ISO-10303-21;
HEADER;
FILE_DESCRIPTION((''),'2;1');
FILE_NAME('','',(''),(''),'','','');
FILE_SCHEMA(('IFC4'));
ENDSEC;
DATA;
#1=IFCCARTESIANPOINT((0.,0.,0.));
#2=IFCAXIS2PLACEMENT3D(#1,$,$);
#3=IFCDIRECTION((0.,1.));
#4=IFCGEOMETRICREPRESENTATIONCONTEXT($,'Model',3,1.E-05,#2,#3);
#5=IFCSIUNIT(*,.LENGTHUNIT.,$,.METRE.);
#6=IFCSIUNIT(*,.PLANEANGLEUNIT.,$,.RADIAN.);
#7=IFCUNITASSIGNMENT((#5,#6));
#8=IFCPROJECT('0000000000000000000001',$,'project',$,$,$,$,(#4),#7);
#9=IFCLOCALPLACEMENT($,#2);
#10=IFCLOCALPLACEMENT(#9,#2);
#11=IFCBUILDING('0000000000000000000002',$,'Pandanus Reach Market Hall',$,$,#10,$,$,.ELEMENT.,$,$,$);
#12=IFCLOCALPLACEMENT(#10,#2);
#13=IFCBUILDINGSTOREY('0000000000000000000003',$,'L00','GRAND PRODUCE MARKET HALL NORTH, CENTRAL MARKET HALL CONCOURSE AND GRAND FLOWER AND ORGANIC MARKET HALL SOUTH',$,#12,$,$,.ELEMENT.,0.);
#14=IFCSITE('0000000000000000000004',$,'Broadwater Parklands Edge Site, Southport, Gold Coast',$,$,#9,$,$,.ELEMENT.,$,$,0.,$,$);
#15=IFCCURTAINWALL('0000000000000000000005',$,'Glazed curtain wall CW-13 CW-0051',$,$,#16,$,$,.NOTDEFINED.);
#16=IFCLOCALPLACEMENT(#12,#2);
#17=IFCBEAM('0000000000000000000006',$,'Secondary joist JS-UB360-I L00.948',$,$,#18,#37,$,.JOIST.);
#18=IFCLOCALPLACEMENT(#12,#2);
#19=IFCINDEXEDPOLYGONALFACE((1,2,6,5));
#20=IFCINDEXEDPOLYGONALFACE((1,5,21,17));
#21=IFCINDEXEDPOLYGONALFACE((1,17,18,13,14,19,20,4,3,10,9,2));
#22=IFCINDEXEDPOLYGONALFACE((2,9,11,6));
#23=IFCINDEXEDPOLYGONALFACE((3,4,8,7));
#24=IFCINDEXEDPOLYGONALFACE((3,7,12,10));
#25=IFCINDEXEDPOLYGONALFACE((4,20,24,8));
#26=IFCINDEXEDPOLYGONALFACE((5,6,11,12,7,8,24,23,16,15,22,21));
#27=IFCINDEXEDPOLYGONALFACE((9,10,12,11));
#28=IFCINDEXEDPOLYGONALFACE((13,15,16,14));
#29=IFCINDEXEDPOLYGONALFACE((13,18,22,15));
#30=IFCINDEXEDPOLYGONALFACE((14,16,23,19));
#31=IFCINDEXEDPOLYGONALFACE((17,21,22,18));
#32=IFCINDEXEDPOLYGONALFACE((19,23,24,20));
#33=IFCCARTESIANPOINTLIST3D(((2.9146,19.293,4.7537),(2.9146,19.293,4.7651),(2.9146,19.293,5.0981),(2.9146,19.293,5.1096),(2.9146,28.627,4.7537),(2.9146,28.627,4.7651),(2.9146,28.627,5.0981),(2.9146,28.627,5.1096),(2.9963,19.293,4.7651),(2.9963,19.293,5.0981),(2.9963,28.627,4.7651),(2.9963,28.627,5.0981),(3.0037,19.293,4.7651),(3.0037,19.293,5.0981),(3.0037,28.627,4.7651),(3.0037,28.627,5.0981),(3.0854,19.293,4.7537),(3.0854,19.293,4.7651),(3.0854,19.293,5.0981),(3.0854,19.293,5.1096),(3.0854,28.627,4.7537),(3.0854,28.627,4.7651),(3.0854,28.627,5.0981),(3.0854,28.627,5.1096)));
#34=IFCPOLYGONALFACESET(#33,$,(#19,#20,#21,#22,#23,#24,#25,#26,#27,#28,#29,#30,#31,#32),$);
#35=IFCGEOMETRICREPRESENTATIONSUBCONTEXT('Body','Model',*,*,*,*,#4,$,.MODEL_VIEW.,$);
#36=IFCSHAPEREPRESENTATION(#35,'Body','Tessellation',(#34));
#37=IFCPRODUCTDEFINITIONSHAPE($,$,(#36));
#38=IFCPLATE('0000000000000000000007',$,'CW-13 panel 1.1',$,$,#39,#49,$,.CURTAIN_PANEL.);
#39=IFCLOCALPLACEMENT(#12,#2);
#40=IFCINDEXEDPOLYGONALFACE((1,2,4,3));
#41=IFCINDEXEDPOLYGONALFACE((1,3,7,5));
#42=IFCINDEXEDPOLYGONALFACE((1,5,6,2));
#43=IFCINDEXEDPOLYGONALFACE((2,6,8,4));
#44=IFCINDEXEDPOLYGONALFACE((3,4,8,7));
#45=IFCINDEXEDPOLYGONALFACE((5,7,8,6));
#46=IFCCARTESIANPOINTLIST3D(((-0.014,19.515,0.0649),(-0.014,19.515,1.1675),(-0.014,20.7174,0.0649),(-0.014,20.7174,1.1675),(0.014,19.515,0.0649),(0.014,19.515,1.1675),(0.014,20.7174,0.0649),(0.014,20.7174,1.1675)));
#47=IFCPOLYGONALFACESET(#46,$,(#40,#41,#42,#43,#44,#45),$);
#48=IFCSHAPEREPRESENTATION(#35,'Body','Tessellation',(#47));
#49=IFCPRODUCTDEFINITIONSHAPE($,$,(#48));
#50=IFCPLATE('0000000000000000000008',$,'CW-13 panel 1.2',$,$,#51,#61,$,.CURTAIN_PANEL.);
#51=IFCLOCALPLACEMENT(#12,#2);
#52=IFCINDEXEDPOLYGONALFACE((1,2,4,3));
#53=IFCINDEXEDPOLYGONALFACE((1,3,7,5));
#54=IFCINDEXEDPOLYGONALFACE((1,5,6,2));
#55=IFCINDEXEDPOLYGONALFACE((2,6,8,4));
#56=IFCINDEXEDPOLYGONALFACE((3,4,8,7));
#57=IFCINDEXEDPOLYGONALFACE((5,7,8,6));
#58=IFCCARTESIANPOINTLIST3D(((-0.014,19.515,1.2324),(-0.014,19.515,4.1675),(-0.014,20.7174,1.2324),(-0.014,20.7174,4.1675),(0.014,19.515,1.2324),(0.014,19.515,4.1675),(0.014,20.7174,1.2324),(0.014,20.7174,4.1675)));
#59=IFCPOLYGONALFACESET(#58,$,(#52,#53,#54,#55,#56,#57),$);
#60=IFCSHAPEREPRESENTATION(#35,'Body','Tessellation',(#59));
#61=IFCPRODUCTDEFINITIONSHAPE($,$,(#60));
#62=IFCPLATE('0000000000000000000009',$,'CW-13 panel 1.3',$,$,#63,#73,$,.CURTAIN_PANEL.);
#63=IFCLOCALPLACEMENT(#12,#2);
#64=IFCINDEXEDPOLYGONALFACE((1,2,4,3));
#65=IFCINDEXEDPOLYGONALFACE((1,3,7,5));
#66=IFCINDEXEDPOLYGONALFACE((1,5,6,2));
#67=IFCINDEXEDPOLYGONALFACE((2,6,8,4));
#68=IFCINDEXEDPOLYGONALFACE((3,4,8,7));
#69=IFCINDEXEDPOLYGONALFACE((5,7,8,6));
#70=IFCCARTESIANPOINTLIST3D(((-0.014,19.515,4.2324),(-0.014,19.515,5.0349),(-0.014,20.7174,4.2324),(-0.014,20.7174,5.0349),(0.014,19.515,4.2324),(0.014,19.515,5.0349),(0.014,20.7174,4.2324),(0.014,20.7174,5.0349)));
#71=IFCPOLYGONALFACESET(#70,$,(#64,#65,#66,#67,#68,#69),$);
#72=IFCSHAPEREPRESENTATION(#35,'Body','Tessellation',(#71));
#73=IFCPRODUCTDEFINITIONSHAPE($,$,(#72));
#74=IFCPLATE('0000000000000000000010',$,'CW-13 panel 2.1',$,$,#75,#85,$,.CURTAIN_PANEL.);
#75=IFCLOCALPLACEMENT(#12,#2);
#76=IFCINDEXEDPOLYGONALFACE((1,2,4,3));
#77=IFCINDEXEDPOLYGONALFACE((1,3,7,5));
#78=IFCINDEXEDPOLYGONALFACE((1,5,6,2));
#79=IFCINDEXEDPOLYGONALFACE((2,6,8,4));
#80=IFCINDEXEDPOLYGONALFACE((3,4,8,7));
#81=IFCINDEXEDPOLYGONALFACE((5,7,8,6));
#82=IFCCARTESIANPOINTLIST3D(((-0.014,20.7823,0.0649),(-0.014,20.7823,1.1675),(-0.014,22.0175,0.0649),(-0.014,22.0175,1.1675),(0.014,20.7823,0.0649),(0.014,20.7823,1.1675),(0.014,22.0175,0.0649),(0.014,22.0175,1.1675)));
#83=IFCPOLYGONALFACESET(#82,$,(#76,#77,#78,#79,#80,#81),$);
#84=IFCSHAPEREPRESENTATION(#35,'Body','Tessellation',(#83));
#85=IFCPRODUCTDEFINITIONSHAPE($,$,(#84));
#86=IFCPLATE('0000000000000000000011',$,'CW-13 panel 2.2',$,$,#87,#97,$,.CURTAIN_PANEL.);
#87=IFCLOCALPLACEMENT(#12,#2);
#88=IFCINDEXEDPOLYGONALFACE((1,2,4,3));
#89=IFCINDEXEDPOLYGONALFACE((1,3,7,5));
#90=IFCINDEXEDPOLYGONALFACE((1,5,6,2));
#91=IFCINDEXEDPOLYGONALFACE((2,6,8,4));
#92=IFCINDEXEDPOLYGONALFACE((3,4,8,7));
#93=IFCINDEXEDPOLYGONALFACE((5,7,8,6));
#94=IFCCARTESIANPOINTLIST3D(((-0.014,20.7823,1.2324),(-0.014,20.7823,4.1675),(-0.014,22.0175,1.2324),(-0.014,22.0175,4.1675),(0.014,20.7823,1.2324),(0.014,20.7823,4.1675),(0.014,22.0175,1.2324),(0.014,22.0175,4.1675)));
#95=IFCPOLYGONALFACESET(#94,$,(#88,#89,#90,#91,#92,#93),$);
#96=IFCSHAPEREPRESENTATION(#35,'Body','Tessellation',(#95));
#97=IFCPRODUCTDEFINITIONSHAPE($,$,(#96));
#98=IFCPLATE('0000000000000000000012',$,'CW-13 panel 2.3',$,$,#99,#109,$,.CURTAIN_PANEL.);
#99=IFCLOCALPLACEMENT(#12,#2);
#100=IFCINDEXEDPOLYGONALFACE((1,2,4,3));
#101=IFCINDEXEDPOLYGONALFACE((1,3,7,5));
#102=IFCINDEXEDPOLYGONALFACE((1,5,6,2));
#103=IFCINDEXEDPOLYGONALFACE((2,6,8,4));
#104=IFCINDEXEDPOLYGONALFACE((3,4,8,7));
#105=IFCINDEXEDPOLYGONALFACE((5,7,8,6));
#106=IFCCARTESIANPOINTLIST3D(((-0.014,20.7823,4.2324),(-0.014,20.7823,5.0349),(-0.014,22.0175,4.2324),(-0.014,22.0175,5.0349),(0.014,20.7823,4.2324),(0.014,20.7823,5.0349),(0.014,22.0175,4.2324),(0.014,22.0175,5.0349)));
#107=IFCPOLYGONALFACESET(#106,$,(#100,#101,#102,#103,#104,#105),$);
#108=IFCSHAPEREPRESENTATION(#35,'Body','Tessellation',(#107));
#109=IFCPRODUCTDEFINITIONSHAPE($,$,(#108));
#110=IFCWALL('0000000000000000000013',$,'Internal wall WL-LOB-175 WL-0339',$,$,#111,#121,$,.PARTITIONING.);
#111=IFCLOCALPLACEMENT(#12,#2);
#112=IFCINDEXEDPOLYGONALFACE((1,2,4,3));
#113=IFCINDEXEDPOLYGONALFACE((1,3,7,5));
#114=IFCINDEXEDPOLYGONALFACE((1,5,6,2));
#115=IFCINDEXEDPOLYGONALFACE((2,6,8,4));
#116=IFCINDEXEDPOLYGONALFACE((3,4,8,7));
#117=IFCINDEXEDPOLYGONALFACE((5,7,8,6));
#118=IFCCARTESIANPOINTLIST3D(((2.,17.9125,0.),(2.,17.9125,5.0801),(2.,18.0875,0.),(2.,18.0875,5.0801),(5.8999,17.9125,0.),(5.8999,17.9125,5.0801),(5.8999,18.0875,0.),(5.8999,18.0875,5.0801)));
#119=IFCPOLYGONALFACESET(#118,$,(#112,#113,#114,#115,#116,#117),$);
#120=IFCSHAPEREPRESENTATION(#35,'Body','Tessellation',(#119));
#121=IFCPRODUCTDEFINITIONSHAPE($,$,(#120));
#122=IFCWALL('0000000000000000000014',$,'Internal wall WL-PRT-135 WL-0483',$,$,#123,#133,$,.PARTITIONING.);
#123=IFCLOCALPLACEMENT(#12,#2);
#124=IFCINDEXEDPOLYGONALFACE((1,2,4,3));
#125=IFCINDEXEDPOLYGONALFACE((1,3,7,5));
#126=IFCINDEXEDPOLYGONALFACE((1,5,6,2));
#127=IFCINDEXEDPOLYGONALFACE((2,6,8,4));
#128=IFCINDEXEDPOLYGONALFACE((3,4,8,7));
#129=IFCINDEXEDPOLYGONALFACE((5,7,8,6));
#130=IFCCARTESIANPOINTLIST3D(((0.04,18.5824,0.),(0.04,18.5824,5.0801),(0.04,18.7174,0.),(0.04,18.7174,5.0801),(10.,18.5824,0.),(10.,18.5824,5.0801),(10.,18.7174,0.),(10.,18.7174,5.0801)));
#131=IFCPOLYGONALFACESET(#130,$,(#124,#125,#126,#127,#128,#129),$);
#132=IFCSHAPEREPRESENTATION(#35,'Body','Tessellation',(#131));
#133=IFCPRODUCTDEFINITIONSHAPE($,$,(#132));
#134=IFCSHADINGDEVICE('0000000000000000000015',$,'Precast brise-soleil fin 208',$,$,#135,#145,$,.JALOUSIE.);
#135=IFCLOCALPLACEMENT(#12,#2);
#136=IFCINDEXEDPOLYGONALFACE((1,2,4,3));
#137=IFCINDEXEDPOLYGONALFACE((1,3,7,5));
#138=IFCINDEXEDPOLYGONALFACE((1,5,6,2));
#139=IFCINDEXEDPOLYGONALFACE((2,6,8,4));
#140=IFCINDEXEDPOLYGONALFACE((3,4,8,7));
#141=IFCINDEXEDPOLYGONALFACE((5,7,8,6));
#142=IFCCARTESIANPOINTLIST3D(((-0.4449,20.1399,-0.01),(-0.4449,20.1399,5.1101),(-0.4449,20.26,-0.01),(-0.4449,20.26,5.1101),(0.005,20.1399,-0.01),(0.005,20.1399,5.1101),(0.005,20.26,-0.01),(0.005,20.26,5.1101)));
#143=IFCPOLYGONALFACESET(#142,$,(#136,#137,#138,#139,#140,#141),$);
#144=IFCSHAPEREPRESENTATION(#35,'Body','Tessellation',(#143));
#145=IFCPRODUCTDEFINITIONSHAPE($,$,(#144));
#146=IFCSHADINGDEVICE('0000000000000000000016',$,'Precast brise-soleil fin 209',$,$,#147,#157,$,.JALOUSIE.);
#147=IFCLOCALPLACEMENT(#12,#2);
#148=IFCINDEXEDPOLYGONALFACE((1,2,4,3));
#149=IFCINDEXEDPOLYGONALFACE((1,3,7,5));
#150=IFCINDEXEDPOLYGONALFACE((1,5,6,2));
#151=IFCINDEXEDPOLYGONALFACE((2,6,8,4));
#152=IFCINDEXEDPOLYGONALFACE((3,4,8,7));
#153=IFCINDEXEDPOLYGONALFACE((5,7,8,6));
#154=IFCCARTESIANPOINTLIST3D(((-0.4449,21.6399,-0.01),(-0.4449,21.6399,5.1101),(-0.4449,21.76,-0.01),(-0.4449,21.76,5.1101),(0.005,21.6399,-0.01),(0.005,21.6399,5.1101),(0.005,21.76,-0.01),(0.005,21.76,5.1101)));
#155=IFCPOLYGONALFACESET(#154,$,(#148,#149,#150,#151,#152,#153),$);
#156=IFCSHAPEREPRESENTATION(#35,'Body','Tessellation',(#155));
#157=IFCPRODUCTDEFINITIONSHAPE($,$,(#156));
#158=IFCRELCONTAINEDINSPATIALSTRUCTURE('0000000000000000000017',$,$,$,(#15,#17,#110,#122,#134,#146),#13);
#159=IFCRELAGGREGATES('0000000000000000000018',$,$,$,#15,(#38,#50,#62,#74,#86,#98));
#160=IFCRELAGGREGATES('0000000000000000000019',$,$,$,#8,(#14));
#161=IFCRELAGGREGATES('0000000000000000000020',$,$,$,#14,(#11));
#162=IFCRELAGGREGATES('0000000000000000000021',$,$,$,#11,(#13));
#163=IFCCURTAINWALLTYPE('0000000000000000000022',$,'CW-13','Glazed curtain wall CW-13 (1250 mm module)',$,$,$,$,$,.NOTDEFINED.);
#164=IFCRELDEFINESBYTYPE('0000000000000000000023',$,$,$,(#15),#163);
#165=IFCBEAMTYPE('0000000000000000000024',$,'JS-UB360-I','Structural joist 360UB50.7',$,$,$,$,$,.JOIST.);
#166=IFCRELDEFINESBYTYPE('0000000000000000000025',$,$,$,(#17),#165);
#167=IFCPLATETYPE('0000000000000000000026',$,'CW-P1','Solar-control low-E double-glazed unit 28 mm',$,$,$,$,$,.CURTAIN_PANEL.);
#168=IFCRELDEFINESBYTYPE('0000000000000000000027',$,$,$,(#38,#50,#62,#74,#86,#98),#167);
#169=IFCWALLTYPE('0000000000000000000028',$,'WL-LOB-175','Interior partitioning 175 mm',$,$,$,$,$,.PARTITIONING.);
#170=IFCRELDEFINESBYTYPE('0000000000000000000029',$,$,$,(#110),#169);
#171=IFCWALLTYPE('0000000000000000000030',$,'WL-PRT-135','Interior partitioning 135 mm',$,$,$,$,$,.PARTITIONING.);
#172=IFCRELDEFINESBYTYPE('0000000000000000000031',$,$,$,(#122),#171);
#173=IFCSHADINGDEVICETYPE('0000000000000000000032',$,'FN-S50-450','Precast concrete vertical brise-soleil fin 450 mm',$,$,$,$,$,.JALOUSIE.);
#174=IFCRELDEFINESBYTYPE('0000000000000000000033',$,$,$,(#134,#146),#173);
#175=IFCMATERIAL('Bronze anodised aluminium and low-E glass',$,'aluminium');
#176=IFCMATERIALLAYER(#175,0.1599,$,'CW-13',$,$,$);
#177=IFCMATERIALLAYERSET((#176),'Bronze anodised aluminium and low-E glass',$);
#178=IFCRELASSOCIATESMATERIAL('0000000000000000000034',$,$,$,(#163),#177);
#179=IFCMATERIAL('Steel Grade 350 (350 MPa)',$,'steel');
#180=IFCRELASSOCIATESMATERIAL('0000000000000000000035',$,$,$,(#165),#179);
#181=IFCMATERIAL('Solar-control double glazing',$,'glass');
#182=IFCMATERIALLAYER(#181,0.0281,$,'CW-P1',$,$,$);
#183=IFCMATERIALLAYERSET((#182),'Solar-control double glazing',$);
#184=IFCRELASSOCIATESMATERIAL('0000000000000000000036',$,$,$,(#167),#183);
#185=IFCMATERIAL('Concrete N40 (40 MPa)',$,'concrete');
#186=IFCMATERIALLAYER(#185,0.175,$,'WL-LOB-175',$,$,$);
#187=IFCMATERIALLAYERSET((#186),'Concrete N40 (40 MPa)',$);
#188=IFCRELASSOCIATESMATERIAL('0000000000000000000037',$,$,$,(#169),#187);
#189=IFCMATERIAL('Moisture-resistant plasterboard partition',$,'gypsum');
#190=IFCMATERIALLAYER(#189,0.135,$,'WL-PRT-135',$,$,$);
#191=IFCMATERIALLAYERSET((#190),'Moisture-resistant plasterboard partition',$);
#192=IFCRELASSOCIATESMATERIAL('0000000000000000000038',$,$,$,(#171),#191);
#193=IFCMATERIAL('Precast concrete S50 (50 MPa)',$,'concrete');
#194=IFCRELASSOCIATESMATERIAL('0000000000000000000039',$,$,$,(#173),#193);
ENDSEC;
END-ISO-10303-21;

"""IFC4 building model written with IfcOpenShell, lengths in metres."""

from ifc_helpers import new_model, si_unit, direction, frame, frame_2d, origin, origin_2d, place, context, subcontext, project, spatial, rectangle, i_section, extrude, material, layer, layer_set, material_profile, profile_set, type_object, element, aggregate, save


model = new_model("IFC4")

# Units and contexts
model_context = context("Model", 3, precision=1e-05, world=origin(), true_north=direction((0.0, 1.0)))
body_context = subcontext(model_context, "Body", "Model", "MODEL_VIEW")
ifc_project = project(units=[si_unit("LENGTHUNIT", "METRE"), si_unit("PLANEANGLEUNIT", "RADIAN")], contexts=[model_context])

# Site, building, storey
site_placement = place(None, origin())
site = spatial("IfcSite", under=ifc_project, at=site_placement, Name="Broadwater Parklands Edge Site, Southport, Gold Coast", CompositionType="ELEMENT", RefElevation=0.0)
building_placement = place(site_placement, origin())
building = spatial("IfcBuilding", under=site, at=building_placement, Name="Pandanus Reach Market Hall", CompositionType="ELEMENT")
storey_placement = place(building_placement, origin())
storey = spatial("IfcBuildingStorey", under=building, at=storey_placement, Name="L00", Description="GRAND PRODUCE MARKET HALL NORTH, CENTRAL MARKET HALL CONCOURSE AND GRAND FLOWER AND ORGANIC MARKET HALL SOUTH", CompositionType="ELEMENT", Elevation=0.0)

# Shared definitions
ifc_material_1 = material(Name="Concrete N40 (40 MPa)", Category="concrete")

# Shared definitions
ifc_material_2 = material(Name="Steel Grade 350 (350 MPa)", Category="steel")

# Curtain wall
ifc_material_3 = material(Name="Bronze anodised aluminium and low-E glass", Category="aluminium")
ifc_layer_1 = layer(ifc_material_3, 0.1599, Name="CW-13")
ifc_layer_set_1 = layer_set([ifc_layer_1], Name="Bronze anodised aluminium and low-E glass")
curtain_wall_type = type_object("IfcCurtainWallType", Name="CW-13", Description="Glazed curtain wall CW-13 (1250 mm module)", PredefinedType="NOTDEFINED", material=ifc_layer_set_1)
curtain_wall_placement = place(storey_placement, origin())
curtain_wall = element("IfcCurtainWall", 1, at=curtain_wall_placement, inside=storey, type_object=curtain_wall_type, Name="Glazed curtain wall CW-13 CW-0051", PredefinedType="NOTDEFINED")

# Beam
ifc_material_profile_1 = material_profile(ifc_material_2, i_section(OverallWidth=0.1709, OverallDepth=0.356, WebThickness=0.0073, FlangeThickness=0.0115, at=origin_2d()), Name="360UB50.7", Category="LoadBearing")
ifc_profile_set_1 = profile_set([ifc_material_profile_1], Name="Steel Grade 350 (350 MPa)")
beam_type_1 = type_object("IfcBeamType", Name="JS-UB360-I", Description="Structural joist 360UB50.7", PredefinedType="JOIST", material=ifc_profile_set_1)
beam_1_placement = place(storey_placement, frame((3.0, 19.293, 4.9316), z_axis=(0.0, 1.0, 0.0), x_axis=(-1.0, 0.0, 0.0)))
element("IfcBeam", 2, at=beam_1_placement, inside=storey, type_object=beam_type_1, Name="Secondary joist JS-UB360-I L00.948", PredefinedType="JOIST", context=body_context, shape_type="SweptSolid", body=[
    extrude(i_section(OverallWidth=0.1709, OverallDepth=0.356, WebThickness=0.0073, FlangeThickness=0.0115, at=origin_2d()), origin(), (0.0, 0.0, 1.0), 9.334),
])

# Plates
ifc_material_4 = material(Name="Solar-control double glazing", Category="glass")
ifc_layer_2 = layer(ifc_material_4, 0.0281, Name="CW-P1")
ifc_layer_set_2 = layer_set([ifc_layer_2], Name="Solar-control double glazing")
plate_type = type_object("IfcPlateType", Name="CW-P1", Description="Solar-control low-E double-glazed unit 28 mm", PredefinedType="CURTAIN_PANEL", material=ifc_layer_set_2)
plate_1_placement = place(storey_placement, frame((0.0, 20.1162, 0.0649), z_axis=(0.0, 0.0, 1.0), x_axis=(0.0, 1.0, 0.0)))
plate_1 = element("IfcPlate", 3, at=plate_1_placement, type_object=plate_type, Name="CW-13 panel 1.1", PredefinedType="CURTAIN_PANEL", context=body_context, shape_type="SweptSolid", body=[
    extrude(rectangle(XDim=1.2024, YDim=0.0281, at=origin_2d()), origin(), (0.0, 0.0, 1.0), 1.1025),
])
plate_2_placement = place(storey_placement, frame((0.0, 20.1162, 1.2324), z_axis=(0.0, 0.0, 1.0), x_axis=(0.0, 1.0, 0.0)))
plate_2 = element("IfcPlate", 4, at=plate_2_placement, type_object=plate_type, Name="CW-13 panel 1.2", PredefinedType="CURTAIN_PANEL", context=body_context, shape_type="SweptSolid", body=[
    extrude(rectangle(XDim=1.2024, YDim=0.0281, at=origin_2d()), origin(), (0.0, 0.0, 1.0), 2.9351),
])
plate_3_placement = place(storey_placement, frame((0.0, 20.1162, 4.2324), z_axis=(0.0, 0.0, 1.0), x_axis=(0.0, 1.0, 0.0)))
plate_3 = element("IfcPlate", 5, at=plate_3_placement, type_object=plate_type, Name="CW-13 panel 1.3", PredefinedType="CURTAIN_PANEL", context=body_context, shape_type="SweptSolid", body=[
    extrude(rectangle(XDim=1.2024, YDim=0.0281, at=origin_2d()), origin(), (0.0, 0.0, 1.0), 0.8025),
])
plate_4_placement = place(storey_placement, frame((0.0, 21.3999, 0.0649), z_axis=(0.0, 0.0, 1.0), x_axis=(0.0, 1.0, 0.0)))
plate_4 = element("IfcPlate", 6, at=plate_4_placement, type_object=plate_type, Name="CW-13 panel 2.1", PredefinedType="CURTAIN_PANEL", context=body_context, shape_type="SweptSolid", body=[
    extrude(rectangle(XDim=1.2351, YDim=0.0281, at=origin_2d()), origin(), (0.0, 0.0, 1.0), 1.1025),
])
plate_5_placement = place(storey_placement, frame((0.0, 21.3999, 1.2324), z_axis=(0.0, 0.0, 1.0), x_axis=(0.0, 1.0, 0.0)))
plate_5 = element("IfcPlate", 7, at=plate_5_placement, type_object=plate_type, Name="CW-13 panel 2.2", PredefinedType="CURTAIN_PANEL", context=body_context, shape_type="SweptSolid", body=[
    extrude(rectangle(XDim=1.2351, YDim=0.0281, at=origin_2d()), origin(), (0.0, 0.0, 1.0), 2.9351),
])
plate_6_placement = place(storey_placement, frame((0.0, 21.3999, 4.2324), z_axis=(0.0, 0.0, 1.0), x_axis=(0.0, 1.0, 0.0)))
plate_6 = element("IfcPlate", 8, at=plate_6_placement, type_object=plate_type, Name="CW-13 panel 2.3", PredefinedType="CURTAIN_PANEL", context=body_context, shape_type="SweptSolid", body=[
    extrude(rectangle(XDim=1.2351, YDim=0.0281, at=origin_2d()), origin(), (0.0, 0.0, 1.0), 0.8025),
])
aggregate(curtain_wall, [plate_1, plate_2, plate_3, plate_4, plate_5, plate_6])

# Walls
ifc_layer_3 = layer(ifc_material_1, 0.175, Name="WL-LOB-175")
ifc_layer_set_3 = layer_set([ifc_layer_3], Name="Concrete N40 (40 MPa)")
wall_type_1 = type_object("IfcWallType", Name="WL-LOB-175", Description="Interior partitioning 175 mm", PredefinedType="PARTITIONING", material=ifc_layer_set_3)
wall_1_placement = place(storey_placement, frame((2.0, 18.0, 0.0), z_axis=(0.0, 0.0, 1.0), x_axis=(1.0, 0.0, 0.0)))
element("IfcWall", 9, at=wall_1_placement, inside=storey, type_object=wall_type_1, Name="Internal wall WL-LOB-175 WL-0339", PredefinedType="PARTITIONING", context=body_context, shape_type="SweptSolid", body=[
    extrude(rectangle(XDim=3.8999, YDim=0.175, at=frame_2d((1.95, 0.0))), origin(), (0.0, 0.0, 1.0), 5.0801),
])
ifc_material_5 = material(Name="Moisture-resistant plasterboard partition", Category="gypsum")
ifc_layer_4 = layer(ifc_material_5, 0.135, Name="WL-PRT-135")
ifc_layer_set_4 = layer_set([ifc_layer_4], Name="Moisture-resistant plasterboard partition")
wall_type_2 = type_object("IfcWallType", Name="WL-PRT-135", Description="Interior partitioning 135 mm", PredefinedType="PARTITIONING", material=ifc_layer_set_4)
wall_2_placement = place(storey_placement, frame((0.04, 18.6499, 0.0), z_axis=(0.0, 0.0, 1.0), x_axis=(1.0, 0.0, 0.0)))
element("IfcWall", 10, at=wall_2_placement, inside=storey, type_object=wall_type_2, Name="Internal wall WL-PRT-135 WL-0483", PredefinedType="PARTITIONING", context=body_context, shape_type="SweptSolid", body=[
    extrude(rectangle(XDim=9.96, YDim=0.135, at=frame_2d((4.98, 0.0))), origin(), (0.0, 0.0, 1.0), 5.0801),
])

# Shading devices
ifc_material_6 = material(Name="Precast concrete S50 (50 MPa)", Category="concrete")
shading_device_type = type_object("IfcShadingDeviceType", Name="FN-S50-450", Description="Precast concrete vertical brise-soleil fin 450 mm", PredefinedType="JALOUSIE", material=ifc_material_6)
for number, where, z_axis, x_axis, name in (
    (11, (-0.22, 20.2, -0.01), (0.0, 0.0, 1.0), (-1.0, 0.0, 0.0), "Precast brise-soleil fin 208"),
    (12, (-0.22, 21.7, -0.01), (0.0, 0.0, 1.0), (-1.0, 0.0, 0.0), "Precast brise-soleil fin 209"),
):
    element("IfcShadingDevice", number, at=place(storey_placement, frame(where, z_axis=z_axis, x_axis=x_axis)), inside=storey, type_object=shading_device_type, Name=name, PredefinedType="JALOUSIE", context=body_context, shape_type="SweptSolid", body=[
        extrude(rectangle(XDim=0.45, YDim=0.1201, at=origin_2d()), origin(), (0.0, 0.0, 1.0), 5.1201),
    ])

save(model, "model.ifc")
